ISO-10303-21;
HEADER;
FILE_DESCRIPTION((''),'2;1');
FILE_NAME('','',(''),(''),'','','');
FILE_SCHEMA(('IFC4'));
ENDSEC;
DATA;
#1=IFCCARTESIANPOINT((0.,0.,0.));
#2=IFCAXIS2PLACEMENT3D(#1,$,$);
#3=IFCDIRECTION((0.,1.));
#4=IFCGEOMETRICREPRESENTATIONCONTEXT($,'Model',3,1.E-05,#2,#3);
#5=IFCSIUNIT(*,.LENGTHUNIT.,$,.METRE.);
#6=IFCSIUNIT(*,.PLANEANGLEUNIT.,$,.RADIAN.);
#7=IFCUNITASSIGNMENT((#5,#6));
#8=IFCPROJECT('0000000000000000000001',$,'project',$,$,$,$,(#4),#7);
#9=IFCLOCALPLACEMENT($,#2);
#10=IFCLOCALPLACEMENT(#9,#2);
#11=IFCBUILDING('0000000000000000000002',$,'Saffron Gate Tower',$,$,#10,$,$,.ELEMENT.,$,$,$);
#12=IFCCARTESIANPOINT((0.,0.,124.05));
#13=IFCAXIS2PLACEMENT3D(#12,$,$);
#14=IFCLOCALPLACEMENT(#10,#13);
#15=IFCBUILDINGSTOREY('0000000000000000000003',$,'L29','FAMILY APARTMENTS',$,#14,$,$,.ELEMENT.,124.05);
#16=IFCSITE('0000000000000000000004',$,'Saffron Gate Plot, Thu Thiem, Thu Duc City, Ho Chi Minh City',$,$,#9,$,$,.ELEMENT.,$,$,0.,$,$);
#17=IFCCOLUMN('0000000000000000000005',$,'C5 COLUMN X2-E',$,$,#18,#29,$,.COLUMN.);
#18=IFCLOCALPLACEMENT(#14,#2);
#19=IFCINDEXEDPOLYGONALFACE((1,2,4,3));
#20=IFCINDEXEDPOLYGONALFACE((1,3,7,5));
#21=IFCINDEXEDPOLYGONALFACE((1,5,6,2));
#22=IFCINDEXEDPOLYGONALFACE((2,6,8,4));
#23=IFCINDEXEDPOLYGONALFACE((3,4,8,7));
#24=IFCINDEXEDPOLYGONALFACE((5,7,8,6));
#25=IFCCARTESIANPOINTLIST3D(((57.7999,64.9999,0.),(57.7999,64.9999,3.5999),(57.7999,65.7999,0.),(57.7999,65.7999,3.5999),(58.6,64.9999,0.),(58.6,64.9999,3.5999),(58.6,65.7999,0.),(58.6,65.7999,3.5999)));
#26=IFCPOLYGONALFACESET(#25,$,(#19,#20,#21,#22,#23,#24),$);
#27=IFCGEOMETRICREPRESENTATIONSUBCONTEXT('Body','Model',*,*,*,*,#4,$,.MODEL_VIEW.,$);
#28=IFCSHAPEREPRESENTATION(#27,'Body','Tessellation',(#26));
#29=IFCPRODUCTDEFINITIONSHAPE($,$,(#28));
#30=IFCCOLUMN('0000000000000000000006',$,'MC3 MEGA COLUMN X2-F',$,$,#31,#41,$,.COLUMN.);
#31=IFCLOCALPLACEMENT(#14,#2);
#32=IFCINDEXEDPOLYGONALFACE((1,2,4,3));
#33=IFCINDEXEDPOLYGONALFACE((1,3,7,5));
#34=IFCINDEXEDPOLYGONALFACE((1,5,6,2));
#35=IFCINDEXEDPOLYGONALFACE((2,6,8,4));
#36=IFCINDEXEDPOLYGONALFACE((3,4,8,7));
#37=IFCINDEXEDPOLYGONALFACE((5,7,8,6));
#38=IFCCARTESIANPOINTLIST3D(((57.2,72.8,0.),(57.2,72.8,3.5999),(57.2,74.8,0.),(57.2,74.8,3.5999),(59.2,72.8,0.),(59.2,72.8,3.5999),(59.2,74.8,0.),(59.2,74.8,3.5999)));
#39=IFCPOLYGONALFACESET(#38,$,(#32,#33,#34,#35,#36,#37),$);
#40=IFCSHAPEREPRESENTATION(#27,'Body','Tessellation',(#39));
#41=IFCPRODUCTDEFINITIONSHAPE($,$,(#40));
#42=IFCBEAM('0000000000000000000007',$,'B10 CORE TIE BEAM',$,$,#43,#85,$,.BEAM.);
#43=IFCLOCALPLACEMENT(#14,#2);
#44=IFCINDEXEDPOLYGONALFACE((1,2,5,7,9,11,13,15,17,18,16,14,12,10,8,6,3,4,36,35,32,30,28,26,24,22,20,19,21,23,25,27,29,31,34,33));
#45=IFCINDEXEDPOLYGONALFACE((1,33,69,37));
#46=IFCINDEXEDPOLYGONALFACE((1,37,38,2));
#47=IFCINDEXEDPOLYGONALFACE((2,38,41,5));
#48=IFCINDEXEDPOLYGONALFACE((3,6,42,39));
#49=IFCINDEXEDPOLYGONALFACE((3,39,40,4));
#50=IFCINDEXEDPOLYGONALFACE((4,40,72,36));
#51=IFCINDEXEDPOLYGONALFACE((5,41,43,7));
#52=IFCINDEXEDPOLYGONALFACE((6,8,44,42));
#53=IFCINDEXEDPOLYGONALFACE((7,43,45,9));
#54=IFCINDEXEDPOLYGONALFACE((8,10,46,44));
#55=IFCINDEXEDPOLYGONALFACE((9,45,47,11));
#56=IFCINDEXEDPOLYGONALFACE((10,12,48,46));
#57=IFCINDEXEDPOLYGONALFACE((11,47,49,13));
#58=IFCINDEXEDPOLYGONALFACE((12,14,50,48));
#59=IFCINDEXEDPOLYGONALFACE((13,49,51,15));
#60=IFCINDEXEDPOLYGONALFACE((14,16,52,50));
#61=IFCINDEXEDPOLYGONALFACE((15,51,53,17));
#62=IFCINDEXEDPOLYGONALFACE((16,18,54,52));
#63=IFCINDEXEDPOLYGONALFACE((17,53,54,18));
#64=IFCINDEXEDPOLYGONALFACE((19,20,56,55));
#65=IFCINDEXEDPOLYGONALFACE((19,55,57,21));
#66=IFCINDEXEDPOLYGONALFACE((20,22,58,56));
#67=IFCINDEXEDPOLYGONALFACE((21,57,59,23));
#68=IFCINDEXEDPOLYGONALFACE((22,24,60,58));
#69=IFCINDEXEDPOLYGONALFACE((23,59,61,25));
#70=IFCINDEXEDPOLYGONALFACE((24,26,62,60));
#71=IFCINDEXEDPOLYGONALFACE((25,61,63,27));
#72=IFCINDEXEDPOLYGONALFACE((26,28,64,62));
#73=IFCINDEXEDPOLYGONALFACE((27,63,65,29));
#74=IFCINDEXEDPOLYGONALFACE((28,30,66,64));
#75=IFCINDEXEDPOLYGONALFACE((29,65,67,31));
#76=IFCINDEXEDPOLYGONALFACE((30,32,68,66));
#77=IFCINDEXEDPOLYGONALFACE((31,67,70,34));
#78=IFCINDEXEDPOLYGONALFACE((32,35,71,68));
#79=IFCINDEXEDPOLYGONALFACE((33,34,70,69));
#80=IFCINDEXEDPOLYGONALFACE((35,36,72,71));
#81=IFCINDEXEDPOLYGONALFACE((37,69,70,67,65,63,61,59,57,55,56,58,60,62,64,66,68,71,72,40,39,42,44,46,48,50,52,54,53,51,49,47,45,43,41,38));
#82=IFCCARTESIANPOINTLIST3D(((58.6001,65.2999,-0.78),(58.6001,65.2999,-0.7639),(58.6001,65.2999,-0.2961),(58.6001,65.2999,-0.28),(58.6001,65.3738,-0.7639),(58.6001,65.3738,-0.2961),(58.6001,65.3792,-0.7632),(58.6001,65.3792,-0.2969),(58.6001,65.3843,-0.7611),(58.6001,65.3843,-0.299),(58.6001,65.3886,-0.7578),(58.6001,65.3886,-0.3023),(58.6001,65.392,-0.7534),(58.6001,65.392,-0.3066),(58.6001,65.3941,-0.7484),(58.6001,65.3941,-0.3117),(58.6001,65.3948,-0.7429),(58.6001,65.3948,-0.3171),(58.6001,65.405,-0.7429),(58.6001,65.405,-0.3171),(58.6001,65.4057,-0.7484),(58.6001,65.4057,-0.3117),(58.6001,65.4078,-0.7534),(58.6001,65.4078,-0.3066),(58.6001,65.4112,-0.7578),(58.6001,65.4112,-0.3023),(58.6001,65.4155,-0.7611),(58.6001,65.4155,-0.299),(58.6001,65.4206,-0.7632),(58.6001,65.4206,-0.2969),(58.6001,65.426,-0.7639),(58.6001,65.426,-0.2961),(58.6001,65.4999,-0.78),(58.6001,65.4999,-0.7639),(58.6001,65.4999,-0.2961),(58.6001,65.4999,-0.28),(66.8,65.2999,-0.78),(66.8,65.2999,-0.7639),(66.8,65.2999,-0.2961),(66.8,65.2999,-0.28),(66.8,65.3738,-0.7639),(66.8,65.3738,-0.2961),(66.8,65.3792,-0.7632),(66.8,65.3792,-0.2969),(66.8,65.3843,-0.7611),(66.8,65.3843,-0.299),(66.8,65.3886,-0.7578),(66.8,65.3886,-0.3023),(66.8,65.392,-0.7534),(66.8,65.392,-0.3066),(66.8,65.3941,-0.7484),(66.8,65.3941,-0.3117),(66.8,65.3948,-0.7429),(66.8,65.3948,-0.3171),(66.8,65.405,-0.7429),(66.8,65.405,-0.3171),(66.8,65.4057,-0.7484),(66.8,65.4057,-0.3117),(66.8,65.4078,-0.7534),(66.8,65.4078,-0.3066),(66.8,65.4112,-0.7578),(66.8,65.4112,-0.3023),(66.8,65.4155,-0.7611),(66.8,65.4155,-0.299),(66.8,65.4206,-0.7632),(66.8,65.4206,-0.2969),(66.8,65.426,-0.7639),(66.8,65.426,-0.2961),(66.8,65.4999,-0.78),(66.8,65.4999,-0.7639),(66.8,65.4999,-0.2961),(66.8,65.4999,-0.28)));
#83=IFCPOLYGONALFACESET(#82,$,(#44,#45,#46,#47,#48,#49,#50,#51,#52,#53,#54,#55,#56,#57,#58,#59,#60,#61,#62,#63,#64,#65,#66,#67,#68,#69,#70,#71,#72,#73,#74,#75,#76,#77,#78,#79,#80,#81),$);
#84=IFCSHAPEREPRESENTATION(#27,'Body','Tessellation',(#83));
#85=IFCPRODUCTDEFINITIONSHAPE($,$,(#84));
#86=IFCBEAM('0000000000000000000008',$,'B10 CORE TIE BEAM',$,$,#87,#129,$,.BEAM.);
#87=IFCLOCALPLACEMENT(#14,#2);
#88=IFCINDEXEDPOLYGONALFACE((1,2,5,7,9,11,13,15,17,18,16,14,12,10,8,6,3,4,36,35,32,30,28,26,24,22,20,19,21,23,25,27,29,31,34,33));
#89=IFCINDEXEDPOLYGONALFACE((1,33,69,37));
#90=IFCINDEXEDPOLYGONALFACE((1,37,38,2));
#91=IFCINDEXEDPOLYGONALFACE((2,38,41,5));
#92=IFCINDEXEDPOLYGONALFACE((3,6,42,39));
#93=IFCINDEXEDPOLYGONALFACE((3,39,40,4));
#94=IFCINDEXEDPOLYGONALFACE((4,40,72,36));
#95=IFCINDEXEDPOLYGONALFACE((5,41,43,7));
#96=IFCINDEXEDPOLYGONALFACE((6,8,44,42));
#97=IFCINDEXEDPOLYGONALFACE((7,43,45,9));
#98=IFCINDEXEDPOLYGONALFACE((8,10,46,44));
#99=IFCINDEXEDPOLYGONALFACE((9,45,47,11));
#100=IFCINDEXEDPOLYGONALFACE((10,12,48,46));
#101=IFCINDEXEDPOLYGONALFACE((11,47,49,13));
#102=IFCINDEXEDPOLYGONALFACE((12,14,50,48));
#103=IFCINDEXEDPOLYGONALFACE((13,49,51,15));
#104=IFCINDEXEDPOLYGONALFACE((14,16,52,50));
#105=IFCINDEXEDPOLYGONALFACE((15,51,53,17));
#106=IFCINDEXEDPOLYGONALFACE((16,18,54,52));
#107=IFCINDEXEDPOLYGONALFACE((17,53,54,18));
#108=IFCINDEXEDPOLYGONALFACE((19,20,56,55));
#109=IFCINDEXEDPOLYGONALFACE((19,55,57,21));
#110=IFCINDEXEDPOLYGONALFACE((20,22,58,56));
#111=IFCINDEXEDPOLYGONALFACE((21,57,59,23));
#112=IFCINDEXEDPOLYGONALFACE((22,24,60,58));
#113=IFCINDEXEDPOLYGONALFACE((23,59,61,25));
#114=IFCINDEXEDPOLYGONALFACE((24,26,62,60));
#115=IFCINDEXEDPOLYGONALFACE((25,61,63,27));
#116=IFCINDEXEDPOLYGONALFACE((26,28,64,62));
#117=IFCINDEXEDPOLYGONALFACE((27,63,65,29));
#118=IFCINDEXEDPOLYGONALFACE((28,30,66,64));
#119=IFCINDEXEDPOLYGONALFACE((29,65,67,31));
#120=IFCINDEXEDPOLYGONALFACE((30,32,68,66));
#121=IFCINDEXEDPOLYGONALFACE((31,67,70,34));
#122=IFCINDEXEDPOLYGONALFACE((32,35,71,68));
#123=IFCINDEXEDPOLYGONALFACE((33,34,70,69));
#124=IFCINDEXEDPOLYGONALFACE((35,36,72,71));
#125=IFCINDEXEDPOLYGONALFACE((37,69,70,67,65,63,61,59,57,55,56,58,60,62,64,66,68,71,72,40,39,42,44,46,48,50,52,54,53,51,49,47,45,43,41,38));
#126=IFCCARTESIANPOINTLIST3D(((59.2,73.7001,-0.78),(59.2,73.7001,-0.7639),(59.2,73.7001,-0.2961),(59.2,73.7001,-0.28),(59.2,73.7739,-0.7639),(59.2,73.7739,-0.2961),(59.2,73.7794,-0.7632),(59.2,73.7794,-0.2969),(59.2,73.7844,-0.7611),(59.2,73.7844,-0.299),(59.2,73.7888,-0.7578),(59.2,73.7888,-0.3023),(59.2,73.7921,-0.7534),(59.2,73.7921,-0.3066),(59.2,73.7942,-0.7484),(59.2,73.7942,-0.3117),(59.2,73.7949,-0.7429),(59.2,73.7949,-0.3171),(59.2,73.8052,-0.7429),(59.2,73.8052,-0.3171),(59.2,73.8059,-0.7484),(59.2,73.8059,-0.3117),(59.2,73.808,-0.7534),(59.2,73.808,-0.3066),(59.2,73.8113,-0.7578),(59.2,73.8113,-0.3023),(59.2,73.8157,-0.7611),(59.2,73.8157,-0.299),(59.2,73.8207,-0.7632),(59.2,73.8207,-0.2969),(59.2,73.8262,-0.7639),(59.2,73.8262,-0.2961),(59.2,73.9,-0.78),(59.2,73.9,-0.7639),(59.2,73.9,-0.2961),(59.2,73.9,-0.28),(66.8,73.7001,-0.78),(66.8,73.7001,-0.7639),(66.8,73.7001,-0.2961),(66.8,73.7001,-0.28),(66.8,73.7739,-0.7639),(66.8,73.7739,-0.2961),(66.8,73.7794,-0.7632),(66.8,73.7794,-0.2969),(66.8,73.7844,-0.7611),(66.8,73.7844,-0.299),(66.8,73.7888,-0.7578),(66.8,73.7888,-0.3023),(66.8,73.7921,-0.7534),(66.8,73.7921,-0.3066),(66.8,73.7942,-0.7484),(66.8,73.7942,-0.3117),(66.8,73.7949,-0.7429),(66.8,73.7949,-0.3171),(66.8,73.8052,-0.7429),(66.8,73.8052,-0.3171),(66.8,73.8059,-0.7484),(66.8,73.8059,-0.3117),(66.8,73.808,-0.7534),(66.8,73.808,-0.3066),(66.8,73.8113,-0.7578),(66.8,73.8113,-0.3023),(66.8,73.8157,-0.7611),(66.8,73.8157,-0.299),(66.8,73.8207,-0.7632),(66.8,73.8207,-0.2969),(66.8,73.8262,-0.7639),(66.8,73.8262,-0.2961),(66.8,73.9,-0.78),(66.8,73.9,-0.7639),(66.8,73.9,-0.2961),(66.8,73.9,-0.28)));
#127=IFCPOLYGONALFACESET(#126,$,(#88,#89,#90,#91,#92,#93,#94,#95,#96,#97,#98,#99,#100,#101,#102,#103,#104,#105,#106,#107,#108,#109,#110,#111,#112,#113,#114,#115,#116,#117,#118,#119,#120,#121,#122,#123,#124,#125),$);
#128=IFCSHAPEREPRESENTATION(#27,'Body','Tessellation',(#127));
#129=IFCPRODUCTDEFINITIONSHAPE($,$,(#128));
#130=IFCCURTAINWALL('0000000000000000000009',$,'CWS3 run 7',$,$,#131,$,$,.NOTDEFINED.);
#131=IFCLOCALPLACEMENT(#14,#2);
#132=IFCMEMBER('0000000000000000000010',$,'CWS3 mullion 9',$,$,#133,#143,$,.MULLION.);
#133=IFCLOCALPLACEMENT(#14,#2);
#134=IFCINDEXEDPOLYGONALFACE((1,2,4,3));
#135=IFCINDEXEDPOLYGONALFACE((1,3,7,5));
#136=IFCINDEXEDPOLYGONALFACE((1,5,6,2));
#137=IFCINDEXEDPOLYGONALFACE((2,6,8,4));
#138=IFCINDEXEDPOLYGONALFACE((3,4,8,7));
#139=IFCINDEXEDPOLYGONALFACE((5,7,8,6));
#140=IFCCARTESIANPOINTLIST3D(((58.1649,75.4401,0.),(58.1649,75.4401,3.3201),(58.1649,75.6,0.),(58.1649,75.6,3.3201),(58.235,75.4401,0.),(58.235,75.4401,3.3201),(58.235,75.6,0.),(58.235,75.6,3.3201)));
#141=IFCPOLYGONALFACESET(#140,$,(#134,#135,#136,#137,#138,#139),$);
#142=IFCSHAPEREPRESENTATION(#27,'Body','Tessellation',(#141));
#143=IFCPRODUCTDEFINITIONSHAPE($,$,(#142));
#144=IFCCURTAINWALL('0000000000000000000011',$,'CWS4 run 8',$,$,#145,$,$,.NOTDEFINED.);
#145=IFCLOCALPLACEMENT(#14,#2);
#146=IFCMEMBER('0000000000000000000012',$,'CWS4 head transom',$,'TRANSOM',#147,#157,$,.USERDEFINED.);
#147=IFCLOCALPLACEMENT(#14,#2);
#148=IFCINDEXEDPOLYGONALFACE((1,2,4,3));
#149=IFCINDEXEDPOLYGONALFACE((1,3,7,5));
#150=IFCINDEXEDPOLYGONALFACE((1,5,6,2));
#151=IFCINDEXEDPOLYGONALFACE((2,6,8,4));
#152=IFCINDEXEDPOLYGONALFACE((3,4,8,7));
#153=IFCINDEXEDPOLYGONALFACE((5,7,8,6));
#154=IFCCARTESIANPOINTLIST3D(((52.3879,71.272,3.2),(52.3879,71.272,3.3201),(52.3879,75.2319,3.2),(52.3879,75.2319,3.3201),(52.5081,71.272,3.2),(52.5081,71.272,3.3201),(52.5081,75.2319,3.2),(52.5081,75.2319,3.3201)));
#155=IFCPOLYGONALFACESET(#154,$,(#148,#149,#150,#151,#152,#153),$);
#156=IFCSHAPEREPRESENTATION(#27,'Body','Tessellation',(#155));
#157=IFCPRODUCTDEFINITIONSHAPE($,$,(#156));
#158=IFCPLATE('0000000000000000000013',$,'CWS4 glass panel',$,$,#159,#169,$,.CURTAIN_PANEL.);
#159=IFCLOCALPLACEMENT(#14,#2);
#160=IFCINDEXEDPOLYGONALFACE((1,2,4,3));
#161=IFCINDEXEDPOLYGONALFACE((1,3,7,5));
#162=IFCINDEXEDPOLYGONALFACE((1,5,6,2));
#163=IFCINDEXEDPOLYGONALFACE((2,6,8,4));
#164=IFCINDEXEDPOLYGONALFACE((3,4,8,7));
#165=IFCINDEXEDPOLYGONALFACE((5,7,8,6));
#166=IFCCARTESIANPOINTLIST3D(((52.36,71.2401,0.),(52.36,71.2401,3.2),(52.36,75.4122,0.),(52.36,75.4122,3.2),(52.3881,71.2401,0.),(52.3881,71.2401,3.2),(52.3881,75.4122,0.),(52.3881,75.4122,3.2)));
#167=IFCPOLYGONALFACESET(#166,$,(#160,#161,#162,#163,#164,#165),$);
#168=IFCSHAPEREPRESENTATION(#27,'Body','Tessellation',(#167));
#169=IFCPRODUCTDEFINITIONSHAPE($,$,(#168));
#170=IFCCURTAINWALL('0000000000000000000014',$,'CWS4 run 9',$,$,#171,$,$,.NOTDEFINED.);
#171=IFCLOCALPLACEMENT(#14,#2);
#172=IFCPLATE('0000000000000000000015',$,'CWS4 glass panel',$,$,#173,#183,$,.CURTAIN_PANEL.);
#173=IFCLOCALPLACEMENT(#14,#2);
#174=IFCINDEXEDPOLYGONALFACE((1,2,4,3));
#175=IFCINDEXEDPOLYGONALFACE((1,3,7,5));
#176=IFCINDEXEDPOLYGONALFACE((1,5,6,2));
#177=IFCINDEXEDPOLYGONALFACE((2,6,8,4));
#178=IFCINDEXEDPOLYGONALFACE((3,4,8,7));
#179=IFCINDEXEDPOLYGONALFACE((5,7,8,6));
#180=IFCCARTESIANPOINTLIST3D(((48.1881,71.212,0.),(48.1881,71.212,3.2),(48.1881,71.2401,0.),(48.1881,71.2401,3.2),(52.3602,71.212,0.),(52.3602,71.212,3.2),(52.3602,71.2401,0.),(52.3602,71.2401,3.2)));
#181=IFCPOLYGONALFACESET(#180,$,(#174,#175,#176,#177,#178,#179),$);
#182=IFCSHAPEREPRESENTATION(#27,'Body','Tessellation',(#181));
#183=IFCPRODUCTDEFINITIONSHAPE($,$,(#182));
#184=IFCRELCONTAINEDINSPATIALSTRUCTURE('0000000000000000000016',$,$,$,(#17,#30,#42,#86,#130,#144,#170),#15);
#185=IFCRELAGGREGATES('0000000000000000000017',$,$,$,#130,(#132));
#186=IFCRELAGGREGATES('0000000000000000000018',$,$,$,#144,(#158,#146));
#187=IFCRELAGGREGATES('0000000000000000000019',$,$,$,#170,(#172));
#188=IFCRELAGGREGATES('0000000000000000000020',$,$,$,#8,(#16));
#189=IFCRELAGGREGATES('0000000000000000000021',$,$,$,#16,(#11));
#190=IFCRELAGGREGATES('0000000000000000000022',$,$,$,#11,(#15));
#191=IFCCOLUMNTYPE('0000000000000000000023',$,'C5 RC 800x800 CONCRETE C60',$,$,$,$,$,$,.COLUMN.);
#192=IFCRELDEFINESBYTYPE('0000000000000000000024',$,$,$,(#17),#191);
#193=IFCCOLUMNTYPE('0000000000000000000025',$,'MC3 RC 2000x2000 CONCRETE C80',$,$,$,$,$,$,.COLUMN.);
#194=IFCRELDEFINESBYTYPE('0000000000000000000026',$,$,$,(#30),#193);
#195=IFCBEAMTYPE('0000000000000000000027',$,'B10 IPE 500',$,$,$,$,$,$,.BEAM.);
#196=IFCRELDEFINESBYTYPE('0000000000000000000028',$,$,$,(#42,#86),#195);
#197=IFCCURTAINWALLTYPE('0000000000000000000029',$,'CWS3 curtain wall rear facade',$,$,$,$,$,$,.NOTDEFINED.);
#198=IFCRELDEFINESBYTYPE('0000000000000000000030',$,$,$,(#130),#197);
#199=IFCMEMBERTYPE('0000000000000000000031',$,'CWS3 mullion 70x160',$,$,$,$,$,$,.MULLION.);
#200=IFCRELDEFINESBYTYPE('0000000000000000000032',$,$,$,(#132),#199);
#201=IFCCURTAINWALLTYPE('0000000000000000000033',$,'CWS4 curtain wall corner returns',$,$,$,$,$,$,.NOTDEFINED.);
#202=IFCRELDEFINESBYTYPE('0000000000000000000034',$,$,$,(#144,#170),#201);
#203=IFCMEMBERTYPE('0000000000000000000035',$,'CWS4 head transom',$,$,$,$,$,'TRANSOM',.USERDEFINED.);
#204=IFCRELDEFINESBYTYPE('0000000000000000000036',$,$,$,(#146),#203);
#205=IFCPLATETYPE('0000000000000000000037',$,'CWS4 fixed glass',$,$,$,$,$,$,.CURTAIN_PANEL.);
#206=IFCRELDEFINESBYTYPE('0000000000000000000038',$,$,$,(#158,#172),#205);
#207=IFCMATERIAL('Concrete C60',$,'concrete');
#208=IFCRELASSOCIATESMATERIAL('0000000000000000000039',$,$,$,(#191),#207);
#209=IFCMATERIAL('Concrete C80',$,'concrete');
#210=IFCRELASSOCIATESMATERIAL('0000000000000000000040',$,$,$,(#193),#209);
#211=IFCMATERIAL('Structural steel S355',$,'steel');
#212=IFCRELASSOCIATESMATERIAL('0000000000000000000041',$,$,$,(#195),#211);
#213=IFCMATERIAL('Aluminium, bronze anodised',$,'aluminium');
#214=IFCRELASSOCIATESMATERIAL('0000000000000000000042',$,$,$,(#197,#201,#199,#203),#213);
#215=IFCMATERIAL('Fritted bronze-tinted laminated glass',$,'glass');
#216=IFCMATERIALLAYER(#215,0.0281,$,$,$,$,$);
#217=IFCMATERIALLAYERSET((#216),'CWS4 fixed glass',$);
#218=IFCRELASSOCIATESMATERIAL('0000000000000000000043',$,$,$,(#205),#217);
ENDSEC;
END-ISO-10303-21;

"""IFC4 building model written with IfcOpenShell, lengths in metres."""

from ifc_helpers import new_model, si_unit, direction, frame, frame_2d, origin, origin_2d, place, context, subcontext, project, spatial, rectangle, i_section, extrude, material, layer, layer_set, material_profile, profile_set, type_object, element, aggregate, save


model = new_model("IFC4")

# Units and contexts
model_context = context("Model", 3, precision=1e-05, world=origin(), true_north=direction((0.0, 1.0)))
body_context = subcontext(model_context, "Body", "Model", "MODEL_VIEW")
ifc_project = project(units=[si_unit("LENGTHUNIT", "METRE"), si_unit("PLANEANGLEUNIT", "RADIAN")], contexts=[model_context])

# Site, building, storey
site_placement = place(None, origin())
site = spatial("IfcSite", under=ifc_project, at=site_placement, Name="Saffron Gate Plot, Thu Thiem, Thu Duc City, Ho Chi Minh City", CompositionType="ELEMENT", RefElevation=0.0)
building_placement = place(site_placement, origin())
building = spatial("IfcBuilding", under=site, at=building_placement, Name="Saffron Gate Tower", CompositionType="ELEMENT")
storey_placement = place(building_placement, frame((0.0, 0.0, 124.05)))
storey = spatial("IfcBuildingStorey", under=building, at=storey_placement, Name="L29", Description="FAMILY APARTMENTS", CompositionType="ELEMENT", Elevation=124.05)

# Columns
ifc_material_1 = material(Name="Concrete C60", Category="concrete")
ifc_material_profile_1 = material_profile(ifc_material_1, rectangle(XDim=0.8, YDim=0.8, at=origin_2d()))
ifc_profile_set_1 = profile_set([ifc_material_profile_1], Name="Concrete C60")
column_type_1 = type_object("IfcColumnType", Name="C5 RC 800x800 CONCRETE C60", PredefinedType="COLUMN", material=ifc_profile_set_1)
column_1_placement = place(storey_placement, frame((58.2, 65.3999, 0.0), z_axis=(0.0, 0.0, 1.0), x_axis=(1.0, 0.0, 0.0)))
element("IfcColumn", 1, at=column_1_placement, inside=storey, type_object=column_type_1, Name="C5 COLUMN X2-E", PredefinedType="COLUMN", context=body_context, shape_type="SweptSolid", body=[
    extrude(rectangle(XDim=0.8, YDim=0.8, at=origin_2d()), origin(), (0.0, 0.0, 1.0), 3.5999),
])
ifc_material_2 = material(Name="Concrete C80", Category="concrete")
ifc_material_profile_2 = material_profile(ifc_material_2, rectangle(XDim=2.0, YDim=2.0, at=origin_2d()))
ifc_profile_set_2 = profile_set([ifc_material_profile_2], Name="Concrete C80")
column_type_2 = type_object("IfcColumnType", Name="MC3 RC 2000x2000 CONCRETE C80", PredefinedType="COLUMN", material=ifc_profile_set_2)
column_2_placement = place(storey_placement, frame((58.2, 73.8, 0.0), z_axis=(0.0, 0.0, 1.0), x_axis=(1.0, 0.0, 0.0)))
element("IfcColumn", 2, at=column_2_placement, inside=storey, type_object=column_type_2, Name="MC3 MEGA COLUMN X2-F", PredefinedType="COLUMN", context=body_context, shape_type="SweptSolid", body=[
    extrude(rectangle(XDim=2.0, YDim=2.0, at=origin_2d()), origin(), (0.0, 0.0, 1.0), 3.5999),
])

# Beams
ifc_material_3 = material(Name="Structural steel S355", Category="steel")
ifc_material_profile_3 = material_profile(ifc_material_3, i_section(OverallWidth=0.2, OverallDepth=0.5, WebThickness=0.0103, FlangeThickness=0.0161, FilletRadius=0.021, at=origin_2d()))
ifc_profile_set_3 = profile_set([ifc_material_profile_3], Name="Structural steel S355")
beam_type = type_object("IfcBeamType", Name="B10 IPE 500", PredefinedType="BEAM", material=ifc_profile_set_3)
beam_1_placement = place(storey_placement, frame((58.6001, 65.3999, -0.53), z_axis=(1.0, 0.0, 0.0), x_axis=(0.0, 1.0, 0.0)))
element("IfcBeam", 3, at=beam_1_placement, inside=storey, type_object=beam_type, Name="B10 CORE TIE BEAM", PredefinedType="BEAM", context=body_context, shape_type="SweptSolid", body=[
    extrude(i_section(OverallWidth=0.2, OverallDepth=0.5, WebThickness=0.0103, FlangeThickness=0.0161, FilletRadius=0.021, at=origin_2d()), origin(), (0.0, 0.0, 1.0), 8.2),
])
beam_2_placement = place(storey_placement, frame((59.2, 73.8, -0.53), z_axis=(1.0, 0.0, 0.0), x_axis=(0.0, 1.0, 0.0)))
element("IfcBeam", 4, at=beam_2_placement, inside=storey, type_object=beam_type, Name="B10 CORE TIE BEAM", PredefinedType="BEAM", context=body_context, shape_type="SweptSolid", body=[
    extrude(i_section(OverallWidth=0.2, OverallDepth=0.5, WebThickness=0.0103, FlangeThickness=0.0161, FilletRadius=0.021, at=origin_2d()), origin(), (0.0, 0.0, 1.0), 7.6001),
])

# Curtain wall, member
ifc_material_4 = material(Name="Aluminium, bronze anodised", Category="aluminium")
curtain_wall_type_1 = type_object("IfcCurtainWallType", Name="CWS3 curtain wall rear facade", PredefinedType="NOTDEFINED", material=ifc_material_4)
curtain_wall_1_placement = place(storey_placement, origin())
curtain_wall_1 = element("IfcCurtainWall", 5, at=curtain_wall_1_placement, inside=storey, type_object=curtain_wall_type_1, Name="CWS3 run 7", PredefinedType="NOTDEFINED")
ifc_material_profile_4 = material_profile(ifc_material_4, rectangle(XDim=0.1599, YDim=0.0701, at=origin_2d()))
ifc_profile_set_4 = profile_set([ifc_material_profile_4], Name="Aluminium, bronze anodised")
member_type_1 = type_object("IfcMemberType", Name="CWS3 mullion 70x160", PredefinedType="MULLION", material=ifc_profile_set_4)
member_1_placement = place(storey_placement, frame((58.2, 75.52, 0.0), z_axis=(0.0, 0.0, 1.0), x_axis=(0.0, -1.0, 0.0)))
member_1 = element("IfcMember", 6, at=member_1_placement, type_object=member_type_1, Name="CWS3 mullion 9", PredefinedType="MULLION", context=body_context, shape_type="SweptSolid", body=[
    extrude(rectangle(XDim=0.1599, YDim=0.0701, at=origin_2d()), origin(), (0.0, 0.0, 1.0), 3.3201),
])
aggregate(curtain_wall_1, [member_1])

# Curtain wall, member, plate
curtain_wall_type_2 = type_object("IfcCurtainWallType", Name="CWS4 curtain wall corner returns", PredefinedType="NOTDEFINED", material=ifc_material_4)
curtain_wall_2_placement = place(storey_placement, origin())
curtain_wall_2 = element("IfcCurtainWall", 7, at=curtain_wall_2_placement, inside=storey, type_object=curtain_wall_type_2, Name="CWS4 run 8", PredefinedType="NOTDEFINED")
ifc_material_profile_5 = material_profile(ifc_material_4, rectangle(XDim=0.1201, YDim=0.1201, at=origin_2d()))
ifc_profile_set_5 = profile_set([ifc_material_profile_5], Name="Aluminium, bronze anodised")
member_type_2 = type_object("IfcMemberType", Name="CWS4 head transom", ElementType="TRANSOM", PredefinedType="USERDEFINED", material=ifc_profile_set_5)
member_2_placement = place(storey_placement, frame((52.448, 75.2319, 3.26), z_axis=(0.0, -1.0, 0.0), x_axis=(1.0, 0.0, 0.0)))
member_2 = element("IfcMember", 8, at=member_2_placement, type_object=member_type_2, Name="CWS4 head transom", ObjectType="TRANSOM", PredefinedType="USERDEFINED", context=body_context, shape_type="SweptSolid", body=[
    extrude(rectangle(XDim=0.1201, YDim=0.1201, at=origin_2d()), origin(), (0.0, 0.0, 1.0), 3.96),
])
ifc_material_5 = material(Name="Fritted bronze-tinted laminated glass", Category="glass")
ifc_layer_1 = layer(ifc_material_5, 0.0281)
ifc_layer_set_1 = layer_set([ifc_layer_1], Name="CWS4 fixed glass")
plate_type = type_object("IfcPlateType", Name="CWS4 fixed glass", PredefinedType="CURTAIN_PANEL", material=ifc_layer_set_1)
plate_1_placement = place(storey_placement, frame((52.374, 75.4121, 0.0), z_axis=(0.0, 0.0, 1.0), x_axis=(0.0, -1.0, 0.0)))
plate_1 = element("IfcPlate", 9, at=plate_1_placement, type_object=plate_type, Name="CWS4 glass panel", PredefinedType="CURTAIN_PANEL", context=body_context, shape_type="SweptSolid", body=[
    extrude(rectangle(XDim=4.1721, YDim=0.0281, at=frame_2d((2.0859, 0.0))), origin(), (0.0, 0.0, 1.0), 3.2),
])
aggregate(curtain_wall_2, [plate_1, member_2])

# Curtain wall, plate
curtain_wall_3_placement = place(storey_placement, origin())
curtain_wall_3 = element("IfcCurtainWall", 10, at=curtain_wall_3_placement, inside=storey, type_object=curtain_wall_type_2, Name="CWS4 run 9", PredefinedType="NOTDEFINED")
plate_2_placement = place(storey_placement, frame((52.3601, 71.2261, 0.0), z_axis=(0.0, 0.0, 1.0), x_axis=(-1.0, 0.0, 0.0)))
plate_2 = element("IfcPlate", 11, at=plate_2_placement, type_object=plate_type, Name="CWS4 glass panel", PredefinedType="CURTAIN_PANEL", context=body_context, shape_type="SweptSolid", body=[
    extrude(rectangle(XDim=4.1721, YDim=0.0281, at=frame_2d((2.0859, 0.0))), origin(), (0.0, 0.0, 1.0), 3.2),
])
aggregate(curtain_wall_3, [plate_2])

save(model, "model.ifc")
